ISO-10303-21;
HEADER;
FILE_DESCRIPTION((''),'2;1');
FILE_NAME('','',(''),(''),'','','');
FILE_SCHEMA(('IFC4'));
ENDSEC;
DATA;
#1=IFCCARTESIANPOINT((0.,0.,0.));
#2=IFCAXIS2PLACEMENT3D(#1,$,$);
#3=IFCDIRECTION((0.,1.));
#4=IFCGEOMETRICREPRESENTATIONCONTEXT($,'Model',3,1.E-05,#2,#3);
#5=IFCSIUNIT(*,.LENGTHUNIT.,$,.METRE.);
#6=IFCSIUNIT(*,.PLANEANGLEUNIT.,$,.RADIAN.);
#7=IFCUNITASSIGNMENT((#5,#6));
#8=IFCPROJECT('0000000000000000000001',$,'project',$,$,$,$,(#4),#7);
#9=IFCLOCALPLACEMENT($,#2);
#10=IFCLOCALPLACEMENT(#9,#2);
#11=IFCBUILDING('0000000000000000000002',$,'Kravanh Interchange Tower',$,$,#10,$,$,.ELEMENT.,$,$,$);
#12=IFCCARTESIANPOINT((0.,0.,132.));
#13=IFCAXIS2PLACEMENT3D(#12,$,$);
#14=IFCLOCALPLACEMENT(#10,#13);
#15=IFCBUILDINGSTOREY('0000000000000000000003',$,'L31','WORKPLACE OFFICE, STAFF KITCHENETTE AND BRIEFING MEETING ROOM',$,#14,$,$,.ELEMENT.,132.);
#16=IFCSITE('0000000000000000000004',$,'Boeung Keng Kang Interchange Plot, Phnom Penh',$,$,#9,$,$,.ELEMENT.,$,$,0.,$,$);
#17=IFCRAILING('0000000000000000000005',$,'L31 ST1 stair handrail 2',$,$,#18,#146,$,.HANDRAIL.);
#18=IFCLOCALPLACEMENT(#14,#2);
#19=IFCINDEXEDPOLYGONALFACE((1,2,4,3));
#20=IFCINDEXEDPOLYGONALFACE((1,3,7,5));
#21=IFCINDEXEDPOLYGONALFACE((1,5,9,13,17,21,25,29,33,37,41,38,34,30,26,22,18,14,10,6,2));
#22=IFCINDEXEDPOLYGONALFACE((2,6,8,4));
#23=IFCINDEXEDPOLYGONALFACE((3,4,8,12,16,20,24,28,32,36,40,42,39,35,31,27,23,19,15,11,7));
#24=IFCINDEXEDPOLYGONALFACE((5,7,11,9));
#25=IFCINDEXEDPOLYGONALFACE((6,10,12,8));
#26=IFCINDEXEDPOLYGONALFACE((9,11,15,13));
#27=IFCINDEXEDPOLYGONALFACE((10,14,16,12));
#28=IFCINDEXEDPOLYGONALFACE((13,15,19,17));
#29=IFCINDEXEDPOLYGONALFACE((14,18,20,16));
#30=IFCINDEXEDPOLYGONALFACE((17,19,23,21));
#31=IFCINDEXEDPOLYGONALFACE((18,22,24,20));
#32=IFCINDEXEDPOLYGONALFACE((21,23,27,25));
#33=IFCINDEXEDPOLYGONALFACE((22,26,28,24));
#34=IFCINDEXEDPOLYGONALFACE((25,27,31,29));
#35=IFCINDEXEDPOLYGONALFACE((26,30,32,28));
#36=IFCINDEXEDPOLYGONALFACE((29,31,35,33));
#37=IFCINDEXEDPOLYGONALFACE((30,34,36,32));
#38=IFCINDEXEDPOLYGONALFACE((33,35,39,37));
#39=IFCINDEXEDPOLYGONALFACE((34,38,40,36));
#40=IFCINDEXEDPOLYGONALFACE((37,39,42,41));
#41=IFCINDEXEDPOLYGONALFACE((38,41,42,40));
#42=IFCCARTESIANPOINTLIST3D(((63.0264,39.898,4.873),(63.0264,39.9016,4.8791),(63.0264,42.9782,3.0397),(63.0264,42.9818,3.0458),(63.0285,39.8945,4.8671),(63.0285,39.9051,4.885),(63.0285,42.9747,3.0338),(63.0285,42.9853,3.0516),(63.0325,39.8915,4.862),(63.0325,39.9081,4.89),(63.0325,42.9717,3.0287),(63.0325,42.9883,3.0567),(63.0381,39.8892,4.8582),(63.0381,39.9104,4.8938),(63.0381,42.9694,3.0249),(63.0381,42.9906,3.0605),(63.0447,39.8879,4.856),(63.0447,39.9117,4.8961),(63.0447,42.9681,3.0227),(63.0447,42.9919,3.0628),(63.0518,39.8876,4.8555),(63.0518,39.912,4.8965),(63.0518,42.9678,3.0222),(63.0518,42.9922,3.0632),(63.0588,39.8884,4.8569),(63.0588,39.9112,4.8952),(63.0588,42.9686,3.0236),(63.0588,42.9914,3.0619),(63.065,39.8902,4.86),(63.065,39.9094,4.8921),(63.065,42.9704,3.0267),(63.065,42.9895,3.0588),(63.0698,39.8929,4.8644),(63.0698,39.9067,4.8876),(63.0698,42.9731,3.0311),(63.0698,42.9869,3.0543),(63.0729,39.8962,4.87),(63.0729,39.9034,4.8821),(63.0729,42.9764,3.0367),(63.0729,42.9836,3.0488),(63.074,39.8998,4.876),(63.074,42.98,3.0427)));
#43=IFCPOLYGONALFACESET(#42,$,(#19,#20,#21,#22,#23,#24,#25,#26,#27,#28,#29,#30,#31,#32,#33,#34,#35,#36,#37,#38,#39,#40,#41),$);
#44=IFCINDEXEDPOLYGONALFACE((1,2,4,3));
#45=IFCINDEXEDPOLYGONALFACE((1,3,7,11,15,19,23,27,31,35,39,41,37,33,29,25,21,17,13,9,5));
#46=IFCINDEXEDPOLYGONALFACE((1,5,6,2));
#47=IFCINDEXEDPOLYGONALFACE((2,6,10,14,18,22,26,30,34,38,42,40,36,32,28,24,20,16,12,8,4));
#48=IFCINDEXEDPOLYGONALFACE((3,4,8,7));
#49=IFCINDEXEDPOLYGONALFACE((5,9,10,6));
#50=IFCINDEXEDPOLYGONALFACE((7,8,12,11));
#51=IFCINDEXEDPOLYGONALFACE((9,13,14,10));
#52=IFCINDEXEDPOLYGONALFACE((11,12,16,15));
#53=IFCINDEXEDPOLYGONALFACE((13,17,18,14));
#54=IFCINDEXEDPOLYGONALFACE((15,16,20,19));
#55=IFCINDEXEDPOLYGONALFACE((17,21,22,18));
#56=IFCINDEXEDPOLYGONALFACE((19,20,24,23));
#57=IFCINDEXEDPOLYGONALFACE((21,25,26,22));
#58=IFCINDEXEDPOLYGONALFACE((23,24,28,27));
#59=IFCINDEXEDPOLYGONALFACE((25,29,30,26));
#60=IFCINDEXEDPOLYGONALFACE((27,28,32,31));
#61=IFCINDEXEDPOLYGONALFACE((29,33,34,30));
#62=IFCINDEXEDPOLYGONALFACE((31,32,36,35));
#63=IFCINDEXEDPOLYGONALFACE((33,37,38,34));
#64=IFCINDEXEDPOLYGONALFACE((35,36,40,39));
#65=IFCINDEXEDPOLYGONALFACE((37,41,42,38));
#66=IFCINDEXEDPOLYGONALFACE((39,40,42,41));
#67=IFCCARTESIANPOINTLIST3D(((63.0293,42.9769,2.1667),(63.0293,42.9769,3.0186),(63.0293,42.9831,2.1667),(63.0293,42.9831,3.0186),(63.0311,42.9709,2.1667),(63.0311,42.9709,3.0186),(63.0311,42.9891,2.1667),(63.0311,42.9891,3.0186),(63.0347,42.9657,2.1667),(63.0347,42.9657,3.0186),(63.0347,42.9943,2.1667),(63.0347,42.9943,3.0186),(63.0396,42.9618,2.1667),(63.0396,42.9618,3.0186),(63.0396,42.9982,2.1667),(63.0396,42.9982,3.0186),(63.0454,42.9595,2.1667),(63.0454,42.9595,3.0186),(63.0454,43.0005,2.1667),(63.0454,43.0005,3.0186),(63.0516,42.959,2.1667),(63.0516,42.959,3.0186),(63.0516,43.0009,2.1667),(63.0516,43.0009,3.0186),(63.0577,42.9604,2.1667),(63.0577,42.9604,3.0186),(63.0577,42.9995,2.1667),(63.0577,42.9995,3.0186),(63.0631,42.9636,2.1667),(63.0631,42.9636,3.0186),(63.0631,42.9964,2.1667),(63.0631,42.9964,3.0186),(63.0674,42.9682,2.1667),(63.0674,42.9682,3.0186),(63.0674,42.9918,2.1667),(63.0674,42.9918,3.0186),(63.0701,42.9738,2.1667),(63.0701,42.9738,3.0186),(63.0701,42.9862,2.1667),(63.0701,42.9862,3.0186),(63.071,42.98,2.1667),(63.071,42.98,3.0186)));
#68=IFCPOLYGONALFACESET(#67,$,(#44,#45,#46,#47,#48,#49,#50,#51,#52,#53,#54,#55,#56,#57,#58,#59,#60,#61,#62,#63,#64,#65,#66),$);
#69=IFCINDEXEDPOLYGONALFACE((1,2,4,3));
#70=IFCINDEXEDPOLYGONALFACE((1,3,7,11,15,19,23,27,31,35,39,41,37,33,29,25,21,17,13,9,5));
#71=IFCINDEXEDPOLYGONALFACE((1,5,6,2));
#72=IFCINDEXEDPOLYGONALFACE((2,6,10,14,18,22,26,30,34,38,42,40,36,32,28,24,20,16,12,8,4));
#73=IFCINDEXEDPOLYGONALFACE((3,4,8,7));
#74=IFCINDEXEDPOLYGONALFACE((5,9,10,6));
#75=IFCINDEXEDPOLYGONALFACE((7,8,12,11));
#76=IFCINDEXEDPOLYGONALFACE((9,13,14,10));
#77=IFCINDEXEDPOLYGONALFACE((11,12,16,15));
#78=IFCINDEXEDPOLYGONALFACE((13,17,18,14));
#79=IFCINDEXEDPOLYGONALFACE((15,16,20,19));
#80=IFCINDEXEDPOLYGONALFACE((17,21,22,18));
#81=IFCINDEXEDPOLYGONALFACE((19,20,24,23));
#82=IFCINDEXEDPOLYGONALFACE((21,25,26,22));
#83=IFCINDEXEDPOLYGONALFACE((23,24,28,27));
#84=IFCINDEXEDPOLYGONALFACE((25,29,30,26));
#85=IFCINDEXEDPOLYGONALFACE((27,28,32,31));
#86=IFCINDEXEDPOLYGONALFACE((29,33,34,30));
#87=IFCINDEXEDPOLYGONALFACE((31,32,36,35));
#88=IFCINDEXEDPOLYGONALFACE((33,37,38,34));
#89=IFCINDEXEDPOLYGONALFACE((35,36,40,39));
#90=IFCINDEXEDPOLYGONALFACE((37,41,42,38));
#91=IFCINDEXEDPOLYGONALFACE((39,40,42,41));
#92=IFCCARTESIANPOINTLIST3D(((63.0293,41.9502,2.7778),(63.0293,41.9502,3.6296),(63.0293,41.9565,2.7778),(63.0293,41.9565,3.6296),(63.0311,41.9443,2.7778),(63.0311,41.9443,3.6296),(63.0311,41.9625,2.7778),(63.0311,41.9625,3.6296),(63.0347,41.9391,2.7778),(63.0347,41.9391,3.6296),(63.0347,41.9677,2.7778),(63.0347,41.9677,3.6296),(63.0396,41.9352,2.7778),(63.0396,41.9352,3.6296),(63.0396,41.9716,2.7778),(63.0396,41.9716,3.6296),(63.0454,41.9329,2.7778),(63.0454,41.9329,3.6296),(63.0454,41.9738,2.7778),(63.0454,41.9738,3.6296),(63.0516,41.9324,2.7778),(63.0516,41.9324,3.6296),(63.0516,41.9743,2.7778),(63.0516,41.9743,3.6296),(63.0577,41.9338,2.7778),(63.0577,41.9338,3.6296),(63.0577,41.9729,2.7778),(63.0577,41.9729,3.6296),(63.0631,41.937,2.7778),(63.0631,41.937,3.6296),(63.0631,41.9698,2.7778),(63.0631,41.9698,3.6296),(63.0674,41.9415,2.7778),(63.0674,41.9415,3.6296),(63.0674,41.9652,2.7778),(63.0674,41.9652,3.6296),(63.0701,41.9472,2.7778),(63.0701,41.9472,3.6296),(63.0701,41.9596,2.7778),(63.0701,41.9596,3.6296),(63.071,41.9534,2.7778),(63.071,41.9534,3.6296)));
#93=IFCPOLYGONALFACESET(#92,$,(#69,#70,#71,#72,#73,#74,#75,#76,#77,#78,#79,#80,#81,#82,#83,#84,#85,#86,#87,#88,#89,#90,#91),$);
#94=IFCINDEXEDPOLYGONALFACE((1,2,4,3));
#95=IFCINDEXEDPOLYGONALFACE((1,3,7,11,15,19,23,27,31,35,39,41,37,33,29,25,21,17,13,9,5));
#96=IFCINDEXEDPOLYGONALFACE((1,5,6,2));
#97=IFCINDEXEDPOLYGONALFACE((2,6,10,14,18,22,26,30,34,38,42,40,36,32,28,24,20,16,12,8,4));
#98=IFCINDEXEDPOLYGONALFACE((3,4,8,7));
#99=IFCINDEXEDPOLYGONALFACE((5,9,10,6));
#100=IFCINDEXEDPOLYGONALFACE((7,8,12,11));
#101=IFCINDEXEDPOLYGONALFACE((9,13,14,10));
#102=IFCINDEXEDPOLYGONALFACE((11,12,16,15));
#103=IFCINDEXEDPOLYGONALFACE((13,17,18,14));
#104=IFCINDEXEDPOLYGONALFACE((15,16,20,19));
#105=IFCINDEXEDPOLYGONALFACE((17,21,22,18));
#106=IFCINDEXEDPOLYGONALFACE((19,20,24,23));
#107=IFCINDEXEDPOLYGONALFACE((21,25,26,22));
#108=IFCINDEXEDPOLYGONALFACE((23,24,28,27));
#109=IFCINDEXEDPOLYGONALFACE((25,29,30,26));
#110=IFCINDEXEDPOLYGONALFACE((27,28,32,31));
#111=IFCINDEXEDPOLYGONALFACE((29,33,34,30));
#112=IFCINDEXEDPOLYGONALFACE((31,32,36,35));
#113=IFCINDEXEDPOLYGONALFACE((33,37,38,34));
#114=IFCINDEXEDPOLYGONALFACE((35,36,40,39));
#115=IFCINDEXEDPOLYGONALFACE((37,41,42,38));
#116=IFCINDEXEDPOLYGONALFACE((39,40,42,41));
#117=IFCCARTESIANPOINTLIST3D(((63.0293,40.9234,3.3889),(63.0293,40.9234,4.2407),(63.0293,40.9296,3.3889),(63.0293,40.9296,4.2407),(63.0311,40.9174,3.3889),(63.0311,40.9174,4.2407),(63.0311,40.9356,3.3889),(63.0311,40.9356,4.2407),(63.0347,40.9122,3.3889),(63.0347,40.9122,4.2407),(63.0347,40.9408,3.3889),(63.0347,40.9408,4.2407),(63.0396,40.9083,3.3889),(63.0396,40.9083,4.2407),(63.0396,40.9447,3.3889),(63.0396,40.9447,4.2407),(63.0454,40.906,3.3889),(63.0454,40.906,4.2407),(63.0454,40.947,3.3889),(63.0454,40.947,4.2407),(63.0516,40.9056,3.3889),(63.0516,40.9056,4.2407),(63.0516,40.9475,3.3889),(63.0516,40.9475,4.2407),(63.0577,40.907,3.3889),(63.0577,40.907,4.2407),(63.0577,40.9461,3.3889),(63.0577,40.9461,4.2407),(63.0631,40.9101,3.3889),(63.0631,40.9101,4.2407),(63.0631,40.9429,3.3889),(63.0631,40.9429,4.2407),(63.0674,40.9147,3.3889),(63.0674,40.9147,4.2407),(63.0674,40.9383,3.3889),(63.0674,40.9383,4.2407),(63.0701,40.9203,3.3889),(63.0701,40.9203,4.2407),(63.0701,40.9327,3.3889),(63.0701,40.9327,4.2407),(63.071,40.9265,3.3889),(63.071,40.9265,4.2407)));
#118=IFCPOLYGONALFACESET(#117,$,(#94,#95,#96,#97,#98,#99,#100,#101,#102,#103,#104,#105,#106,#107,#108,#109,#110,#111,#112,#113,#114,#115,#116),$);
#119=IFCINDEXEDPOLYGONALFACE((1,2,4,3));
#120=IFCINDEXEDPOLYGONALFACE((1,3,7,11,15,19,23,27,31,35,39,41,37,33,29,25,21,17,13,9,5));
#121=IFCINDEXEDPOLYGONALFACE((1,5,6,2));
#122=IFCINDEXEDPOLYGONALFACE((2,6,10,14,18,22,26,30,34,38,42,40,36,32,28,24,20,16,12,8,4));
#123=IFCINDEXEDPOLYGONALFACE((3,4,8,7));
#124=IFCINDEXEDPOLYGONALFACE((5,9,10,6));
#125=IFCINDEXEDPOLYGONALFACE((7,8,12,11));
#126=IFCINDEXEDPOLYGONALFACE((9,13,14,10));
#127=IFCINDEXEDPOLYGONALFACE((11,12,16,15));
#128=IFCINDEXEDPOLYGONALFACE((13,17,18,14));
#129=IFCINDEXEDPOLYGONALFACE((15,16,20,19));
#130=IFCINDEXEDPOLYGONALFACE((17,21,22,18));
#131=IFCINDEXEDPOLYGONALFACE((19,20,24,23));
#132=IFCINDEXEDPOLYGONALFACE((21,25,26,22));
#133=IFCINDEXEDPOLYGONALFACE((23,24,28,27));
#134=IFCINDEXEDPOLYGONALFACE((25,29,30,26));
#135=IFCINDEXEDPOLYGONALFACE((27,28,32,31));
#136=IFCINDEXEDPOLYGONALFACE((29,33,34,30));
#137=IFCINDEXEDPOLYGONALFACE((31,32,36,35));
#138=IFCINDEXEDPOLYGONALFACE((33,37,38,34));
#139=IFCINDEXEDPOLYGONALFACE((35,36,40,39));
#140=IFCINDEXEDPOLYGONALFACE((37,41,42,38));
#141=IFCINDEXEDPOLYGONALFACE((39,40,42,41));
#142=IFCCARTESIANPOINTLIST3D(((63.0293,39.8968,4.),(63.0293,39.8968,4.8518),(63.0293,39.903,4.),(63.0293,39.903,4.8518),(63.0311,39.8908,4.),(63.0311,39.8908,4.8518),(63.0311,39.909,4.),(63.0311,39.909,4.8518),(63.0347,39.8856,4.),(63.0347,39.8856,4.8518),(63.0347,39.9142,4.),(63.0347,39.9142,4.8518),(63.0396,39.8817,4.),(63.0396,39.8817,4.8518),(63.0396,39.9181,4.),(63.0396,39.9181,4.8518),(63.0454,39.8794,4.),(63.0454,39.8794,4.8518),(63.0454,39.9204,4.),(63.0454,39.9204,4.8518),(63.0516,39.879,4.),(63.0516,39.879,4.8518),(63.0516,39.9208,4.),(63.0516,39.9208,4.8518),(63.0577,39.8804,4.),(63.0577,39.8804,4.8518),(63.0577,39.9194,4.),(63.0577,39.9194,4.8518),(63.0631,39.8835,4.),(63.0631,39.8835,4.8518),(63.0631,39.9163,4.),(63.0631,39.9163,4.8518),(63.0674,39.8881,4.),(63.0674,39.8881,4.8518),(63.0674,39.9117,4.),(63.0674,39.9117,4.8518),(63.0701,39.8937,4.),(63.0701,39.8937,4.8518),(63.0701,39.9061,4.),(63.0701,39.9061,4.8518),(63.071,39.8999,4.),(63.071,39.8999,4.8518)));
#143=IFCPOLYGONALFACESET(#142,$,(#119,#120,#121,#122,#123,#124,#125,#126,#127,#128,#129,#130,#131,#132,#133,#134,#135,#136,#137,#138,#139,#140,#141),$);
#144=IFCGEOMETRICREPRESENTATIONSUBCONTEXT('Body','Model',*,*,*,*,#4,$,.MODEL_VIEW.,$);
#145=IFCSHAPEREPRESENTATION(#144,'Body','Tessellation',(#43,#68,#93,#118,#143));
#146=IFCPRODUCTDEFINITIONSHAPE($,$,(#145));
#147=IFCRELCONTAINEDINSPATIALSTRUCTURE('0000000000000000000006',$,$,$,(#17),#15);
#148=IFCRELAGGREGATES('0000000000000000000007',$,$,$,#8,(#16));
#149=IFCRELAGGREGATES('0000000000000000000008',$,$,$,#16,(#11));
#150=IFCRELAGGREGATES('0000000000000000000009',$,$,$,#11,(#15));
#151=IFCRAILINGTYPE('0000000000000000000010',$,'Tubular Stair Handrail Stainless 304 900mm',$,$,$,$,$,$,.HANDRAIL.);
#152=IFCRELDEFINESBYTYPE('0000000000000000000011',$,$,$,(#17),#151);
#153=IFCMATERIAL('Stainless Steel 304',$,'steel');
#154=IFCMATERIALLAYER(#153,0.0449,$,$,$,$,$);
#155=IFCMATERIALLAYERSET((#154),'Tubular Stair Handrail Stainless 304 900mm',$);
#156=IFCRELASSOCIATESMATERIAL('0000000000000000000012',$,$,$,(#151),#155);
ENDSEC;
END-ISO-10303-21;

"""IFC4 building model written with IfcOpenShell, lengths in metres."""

from ifc_helpers import new_model, si_unit, direction, frame, origin, origin_2d, place, context, subcontext, project, spatial, circle, extrude, material, layer, layer_set, type_object, element, save


model = new_model("IFC4")

# Units and contexts
model_context = context("Model", 3, precision=1e-05, world=origin(), true_north=direction((0.0, 1.0)))
body_context = subcontext(model_context, "Body", "Model", "MODEL_VIEW")
ifc_project = project(units=[si_unit("LENGTHUNIT", "METRE"), si_unit("PLANEANGLEUNIT", "RADIAN")], contexts=[model_context])

# Site, building, storey
site_placement = place(None, origin())
site = spatial("IfcSite", under=ifc_project, at=site_placement, Name="Boeung Keng Kang Interchange Plot, Phnom Penh", CompositionType="ELEMENT", RefElevation=0.0)
building_placement = place(site_placement, origin())
building = spatial("IfcBuilding", under=site, at=building_placement, Name="Kravanh Interchange Tower", CompositionType="ELEMENT")
storey_placement = place(building_placement, frame((0.0, 0.0, 132.0)))
storey = spatial("IfcBuildingStorey", under=building, at=storey_placement, Name="L31", Description="WORKPLACE OFFICE, STAFF KITCHENETTE AND BRIEFING MEETING ROOM", CompositionType="ELEMENT", Elevation=132.0)

# Railing
ifc_material_1 = material(Name="Stainless Steel 304", Category="steel")
ifc_layer_1 = layer(ifc_material_1, 0.0449)
ifc_layer_set_1 = layer_set([ifc_layer_1], Name="Tubular Stair Handrail Stainless 304 900mm")
railing_type_1 = type_object("IfcRailingType", Name="Tubular Stair Handrail Stainless 304 900mm", PredefinedType="HANDRAIL", material=ifc_layer_set_1)
railing_1_placement = place(storey_placement, frame((63.05, 42.98, 2.1667)))
element("IfcRailing", 1, at=railing_1_placement, inside=storey, type_object=railing_type_1, Name="L31 ST1 stair handrail 2", PredefinedType="HANDRAIL", context=body_context, shape_type="SweptSolid", body=[
    extrude(circle(Radius=0.0239, at=origin_2d()), frame((0.0, 0.0, 0.876), z_axis=(0.0, -0.859309, 0.511458), x_axis=(1.0, 0.0, 0.0)), (0.0, 0.0, 1.0), 3.5845),
    extrude(circle(Radius=0.021, at=origin_2d()), origin(), (0.0, 0.0, 1.0), 0.8518),
    extrude(circle(Radius=0.021, at=origin_2d()), frame((0.0, -1.0266, 0.6111)), (0.0, 0.0, 1.0), 0.8518),
    extrude(circle(Radius=0.021, at=origin_2d()), frame((0.0, -2.0535, 1.2222)), (0.0, 0.0, 1.0), 0.8518),
    extrude(circle(Radius=0.021, at=origin_2d()), frame((0.0, -3.0801, 1.8333)), (0.0, 0.0, 1.0), 0.8518),
])

save(model, "model.ifc")
